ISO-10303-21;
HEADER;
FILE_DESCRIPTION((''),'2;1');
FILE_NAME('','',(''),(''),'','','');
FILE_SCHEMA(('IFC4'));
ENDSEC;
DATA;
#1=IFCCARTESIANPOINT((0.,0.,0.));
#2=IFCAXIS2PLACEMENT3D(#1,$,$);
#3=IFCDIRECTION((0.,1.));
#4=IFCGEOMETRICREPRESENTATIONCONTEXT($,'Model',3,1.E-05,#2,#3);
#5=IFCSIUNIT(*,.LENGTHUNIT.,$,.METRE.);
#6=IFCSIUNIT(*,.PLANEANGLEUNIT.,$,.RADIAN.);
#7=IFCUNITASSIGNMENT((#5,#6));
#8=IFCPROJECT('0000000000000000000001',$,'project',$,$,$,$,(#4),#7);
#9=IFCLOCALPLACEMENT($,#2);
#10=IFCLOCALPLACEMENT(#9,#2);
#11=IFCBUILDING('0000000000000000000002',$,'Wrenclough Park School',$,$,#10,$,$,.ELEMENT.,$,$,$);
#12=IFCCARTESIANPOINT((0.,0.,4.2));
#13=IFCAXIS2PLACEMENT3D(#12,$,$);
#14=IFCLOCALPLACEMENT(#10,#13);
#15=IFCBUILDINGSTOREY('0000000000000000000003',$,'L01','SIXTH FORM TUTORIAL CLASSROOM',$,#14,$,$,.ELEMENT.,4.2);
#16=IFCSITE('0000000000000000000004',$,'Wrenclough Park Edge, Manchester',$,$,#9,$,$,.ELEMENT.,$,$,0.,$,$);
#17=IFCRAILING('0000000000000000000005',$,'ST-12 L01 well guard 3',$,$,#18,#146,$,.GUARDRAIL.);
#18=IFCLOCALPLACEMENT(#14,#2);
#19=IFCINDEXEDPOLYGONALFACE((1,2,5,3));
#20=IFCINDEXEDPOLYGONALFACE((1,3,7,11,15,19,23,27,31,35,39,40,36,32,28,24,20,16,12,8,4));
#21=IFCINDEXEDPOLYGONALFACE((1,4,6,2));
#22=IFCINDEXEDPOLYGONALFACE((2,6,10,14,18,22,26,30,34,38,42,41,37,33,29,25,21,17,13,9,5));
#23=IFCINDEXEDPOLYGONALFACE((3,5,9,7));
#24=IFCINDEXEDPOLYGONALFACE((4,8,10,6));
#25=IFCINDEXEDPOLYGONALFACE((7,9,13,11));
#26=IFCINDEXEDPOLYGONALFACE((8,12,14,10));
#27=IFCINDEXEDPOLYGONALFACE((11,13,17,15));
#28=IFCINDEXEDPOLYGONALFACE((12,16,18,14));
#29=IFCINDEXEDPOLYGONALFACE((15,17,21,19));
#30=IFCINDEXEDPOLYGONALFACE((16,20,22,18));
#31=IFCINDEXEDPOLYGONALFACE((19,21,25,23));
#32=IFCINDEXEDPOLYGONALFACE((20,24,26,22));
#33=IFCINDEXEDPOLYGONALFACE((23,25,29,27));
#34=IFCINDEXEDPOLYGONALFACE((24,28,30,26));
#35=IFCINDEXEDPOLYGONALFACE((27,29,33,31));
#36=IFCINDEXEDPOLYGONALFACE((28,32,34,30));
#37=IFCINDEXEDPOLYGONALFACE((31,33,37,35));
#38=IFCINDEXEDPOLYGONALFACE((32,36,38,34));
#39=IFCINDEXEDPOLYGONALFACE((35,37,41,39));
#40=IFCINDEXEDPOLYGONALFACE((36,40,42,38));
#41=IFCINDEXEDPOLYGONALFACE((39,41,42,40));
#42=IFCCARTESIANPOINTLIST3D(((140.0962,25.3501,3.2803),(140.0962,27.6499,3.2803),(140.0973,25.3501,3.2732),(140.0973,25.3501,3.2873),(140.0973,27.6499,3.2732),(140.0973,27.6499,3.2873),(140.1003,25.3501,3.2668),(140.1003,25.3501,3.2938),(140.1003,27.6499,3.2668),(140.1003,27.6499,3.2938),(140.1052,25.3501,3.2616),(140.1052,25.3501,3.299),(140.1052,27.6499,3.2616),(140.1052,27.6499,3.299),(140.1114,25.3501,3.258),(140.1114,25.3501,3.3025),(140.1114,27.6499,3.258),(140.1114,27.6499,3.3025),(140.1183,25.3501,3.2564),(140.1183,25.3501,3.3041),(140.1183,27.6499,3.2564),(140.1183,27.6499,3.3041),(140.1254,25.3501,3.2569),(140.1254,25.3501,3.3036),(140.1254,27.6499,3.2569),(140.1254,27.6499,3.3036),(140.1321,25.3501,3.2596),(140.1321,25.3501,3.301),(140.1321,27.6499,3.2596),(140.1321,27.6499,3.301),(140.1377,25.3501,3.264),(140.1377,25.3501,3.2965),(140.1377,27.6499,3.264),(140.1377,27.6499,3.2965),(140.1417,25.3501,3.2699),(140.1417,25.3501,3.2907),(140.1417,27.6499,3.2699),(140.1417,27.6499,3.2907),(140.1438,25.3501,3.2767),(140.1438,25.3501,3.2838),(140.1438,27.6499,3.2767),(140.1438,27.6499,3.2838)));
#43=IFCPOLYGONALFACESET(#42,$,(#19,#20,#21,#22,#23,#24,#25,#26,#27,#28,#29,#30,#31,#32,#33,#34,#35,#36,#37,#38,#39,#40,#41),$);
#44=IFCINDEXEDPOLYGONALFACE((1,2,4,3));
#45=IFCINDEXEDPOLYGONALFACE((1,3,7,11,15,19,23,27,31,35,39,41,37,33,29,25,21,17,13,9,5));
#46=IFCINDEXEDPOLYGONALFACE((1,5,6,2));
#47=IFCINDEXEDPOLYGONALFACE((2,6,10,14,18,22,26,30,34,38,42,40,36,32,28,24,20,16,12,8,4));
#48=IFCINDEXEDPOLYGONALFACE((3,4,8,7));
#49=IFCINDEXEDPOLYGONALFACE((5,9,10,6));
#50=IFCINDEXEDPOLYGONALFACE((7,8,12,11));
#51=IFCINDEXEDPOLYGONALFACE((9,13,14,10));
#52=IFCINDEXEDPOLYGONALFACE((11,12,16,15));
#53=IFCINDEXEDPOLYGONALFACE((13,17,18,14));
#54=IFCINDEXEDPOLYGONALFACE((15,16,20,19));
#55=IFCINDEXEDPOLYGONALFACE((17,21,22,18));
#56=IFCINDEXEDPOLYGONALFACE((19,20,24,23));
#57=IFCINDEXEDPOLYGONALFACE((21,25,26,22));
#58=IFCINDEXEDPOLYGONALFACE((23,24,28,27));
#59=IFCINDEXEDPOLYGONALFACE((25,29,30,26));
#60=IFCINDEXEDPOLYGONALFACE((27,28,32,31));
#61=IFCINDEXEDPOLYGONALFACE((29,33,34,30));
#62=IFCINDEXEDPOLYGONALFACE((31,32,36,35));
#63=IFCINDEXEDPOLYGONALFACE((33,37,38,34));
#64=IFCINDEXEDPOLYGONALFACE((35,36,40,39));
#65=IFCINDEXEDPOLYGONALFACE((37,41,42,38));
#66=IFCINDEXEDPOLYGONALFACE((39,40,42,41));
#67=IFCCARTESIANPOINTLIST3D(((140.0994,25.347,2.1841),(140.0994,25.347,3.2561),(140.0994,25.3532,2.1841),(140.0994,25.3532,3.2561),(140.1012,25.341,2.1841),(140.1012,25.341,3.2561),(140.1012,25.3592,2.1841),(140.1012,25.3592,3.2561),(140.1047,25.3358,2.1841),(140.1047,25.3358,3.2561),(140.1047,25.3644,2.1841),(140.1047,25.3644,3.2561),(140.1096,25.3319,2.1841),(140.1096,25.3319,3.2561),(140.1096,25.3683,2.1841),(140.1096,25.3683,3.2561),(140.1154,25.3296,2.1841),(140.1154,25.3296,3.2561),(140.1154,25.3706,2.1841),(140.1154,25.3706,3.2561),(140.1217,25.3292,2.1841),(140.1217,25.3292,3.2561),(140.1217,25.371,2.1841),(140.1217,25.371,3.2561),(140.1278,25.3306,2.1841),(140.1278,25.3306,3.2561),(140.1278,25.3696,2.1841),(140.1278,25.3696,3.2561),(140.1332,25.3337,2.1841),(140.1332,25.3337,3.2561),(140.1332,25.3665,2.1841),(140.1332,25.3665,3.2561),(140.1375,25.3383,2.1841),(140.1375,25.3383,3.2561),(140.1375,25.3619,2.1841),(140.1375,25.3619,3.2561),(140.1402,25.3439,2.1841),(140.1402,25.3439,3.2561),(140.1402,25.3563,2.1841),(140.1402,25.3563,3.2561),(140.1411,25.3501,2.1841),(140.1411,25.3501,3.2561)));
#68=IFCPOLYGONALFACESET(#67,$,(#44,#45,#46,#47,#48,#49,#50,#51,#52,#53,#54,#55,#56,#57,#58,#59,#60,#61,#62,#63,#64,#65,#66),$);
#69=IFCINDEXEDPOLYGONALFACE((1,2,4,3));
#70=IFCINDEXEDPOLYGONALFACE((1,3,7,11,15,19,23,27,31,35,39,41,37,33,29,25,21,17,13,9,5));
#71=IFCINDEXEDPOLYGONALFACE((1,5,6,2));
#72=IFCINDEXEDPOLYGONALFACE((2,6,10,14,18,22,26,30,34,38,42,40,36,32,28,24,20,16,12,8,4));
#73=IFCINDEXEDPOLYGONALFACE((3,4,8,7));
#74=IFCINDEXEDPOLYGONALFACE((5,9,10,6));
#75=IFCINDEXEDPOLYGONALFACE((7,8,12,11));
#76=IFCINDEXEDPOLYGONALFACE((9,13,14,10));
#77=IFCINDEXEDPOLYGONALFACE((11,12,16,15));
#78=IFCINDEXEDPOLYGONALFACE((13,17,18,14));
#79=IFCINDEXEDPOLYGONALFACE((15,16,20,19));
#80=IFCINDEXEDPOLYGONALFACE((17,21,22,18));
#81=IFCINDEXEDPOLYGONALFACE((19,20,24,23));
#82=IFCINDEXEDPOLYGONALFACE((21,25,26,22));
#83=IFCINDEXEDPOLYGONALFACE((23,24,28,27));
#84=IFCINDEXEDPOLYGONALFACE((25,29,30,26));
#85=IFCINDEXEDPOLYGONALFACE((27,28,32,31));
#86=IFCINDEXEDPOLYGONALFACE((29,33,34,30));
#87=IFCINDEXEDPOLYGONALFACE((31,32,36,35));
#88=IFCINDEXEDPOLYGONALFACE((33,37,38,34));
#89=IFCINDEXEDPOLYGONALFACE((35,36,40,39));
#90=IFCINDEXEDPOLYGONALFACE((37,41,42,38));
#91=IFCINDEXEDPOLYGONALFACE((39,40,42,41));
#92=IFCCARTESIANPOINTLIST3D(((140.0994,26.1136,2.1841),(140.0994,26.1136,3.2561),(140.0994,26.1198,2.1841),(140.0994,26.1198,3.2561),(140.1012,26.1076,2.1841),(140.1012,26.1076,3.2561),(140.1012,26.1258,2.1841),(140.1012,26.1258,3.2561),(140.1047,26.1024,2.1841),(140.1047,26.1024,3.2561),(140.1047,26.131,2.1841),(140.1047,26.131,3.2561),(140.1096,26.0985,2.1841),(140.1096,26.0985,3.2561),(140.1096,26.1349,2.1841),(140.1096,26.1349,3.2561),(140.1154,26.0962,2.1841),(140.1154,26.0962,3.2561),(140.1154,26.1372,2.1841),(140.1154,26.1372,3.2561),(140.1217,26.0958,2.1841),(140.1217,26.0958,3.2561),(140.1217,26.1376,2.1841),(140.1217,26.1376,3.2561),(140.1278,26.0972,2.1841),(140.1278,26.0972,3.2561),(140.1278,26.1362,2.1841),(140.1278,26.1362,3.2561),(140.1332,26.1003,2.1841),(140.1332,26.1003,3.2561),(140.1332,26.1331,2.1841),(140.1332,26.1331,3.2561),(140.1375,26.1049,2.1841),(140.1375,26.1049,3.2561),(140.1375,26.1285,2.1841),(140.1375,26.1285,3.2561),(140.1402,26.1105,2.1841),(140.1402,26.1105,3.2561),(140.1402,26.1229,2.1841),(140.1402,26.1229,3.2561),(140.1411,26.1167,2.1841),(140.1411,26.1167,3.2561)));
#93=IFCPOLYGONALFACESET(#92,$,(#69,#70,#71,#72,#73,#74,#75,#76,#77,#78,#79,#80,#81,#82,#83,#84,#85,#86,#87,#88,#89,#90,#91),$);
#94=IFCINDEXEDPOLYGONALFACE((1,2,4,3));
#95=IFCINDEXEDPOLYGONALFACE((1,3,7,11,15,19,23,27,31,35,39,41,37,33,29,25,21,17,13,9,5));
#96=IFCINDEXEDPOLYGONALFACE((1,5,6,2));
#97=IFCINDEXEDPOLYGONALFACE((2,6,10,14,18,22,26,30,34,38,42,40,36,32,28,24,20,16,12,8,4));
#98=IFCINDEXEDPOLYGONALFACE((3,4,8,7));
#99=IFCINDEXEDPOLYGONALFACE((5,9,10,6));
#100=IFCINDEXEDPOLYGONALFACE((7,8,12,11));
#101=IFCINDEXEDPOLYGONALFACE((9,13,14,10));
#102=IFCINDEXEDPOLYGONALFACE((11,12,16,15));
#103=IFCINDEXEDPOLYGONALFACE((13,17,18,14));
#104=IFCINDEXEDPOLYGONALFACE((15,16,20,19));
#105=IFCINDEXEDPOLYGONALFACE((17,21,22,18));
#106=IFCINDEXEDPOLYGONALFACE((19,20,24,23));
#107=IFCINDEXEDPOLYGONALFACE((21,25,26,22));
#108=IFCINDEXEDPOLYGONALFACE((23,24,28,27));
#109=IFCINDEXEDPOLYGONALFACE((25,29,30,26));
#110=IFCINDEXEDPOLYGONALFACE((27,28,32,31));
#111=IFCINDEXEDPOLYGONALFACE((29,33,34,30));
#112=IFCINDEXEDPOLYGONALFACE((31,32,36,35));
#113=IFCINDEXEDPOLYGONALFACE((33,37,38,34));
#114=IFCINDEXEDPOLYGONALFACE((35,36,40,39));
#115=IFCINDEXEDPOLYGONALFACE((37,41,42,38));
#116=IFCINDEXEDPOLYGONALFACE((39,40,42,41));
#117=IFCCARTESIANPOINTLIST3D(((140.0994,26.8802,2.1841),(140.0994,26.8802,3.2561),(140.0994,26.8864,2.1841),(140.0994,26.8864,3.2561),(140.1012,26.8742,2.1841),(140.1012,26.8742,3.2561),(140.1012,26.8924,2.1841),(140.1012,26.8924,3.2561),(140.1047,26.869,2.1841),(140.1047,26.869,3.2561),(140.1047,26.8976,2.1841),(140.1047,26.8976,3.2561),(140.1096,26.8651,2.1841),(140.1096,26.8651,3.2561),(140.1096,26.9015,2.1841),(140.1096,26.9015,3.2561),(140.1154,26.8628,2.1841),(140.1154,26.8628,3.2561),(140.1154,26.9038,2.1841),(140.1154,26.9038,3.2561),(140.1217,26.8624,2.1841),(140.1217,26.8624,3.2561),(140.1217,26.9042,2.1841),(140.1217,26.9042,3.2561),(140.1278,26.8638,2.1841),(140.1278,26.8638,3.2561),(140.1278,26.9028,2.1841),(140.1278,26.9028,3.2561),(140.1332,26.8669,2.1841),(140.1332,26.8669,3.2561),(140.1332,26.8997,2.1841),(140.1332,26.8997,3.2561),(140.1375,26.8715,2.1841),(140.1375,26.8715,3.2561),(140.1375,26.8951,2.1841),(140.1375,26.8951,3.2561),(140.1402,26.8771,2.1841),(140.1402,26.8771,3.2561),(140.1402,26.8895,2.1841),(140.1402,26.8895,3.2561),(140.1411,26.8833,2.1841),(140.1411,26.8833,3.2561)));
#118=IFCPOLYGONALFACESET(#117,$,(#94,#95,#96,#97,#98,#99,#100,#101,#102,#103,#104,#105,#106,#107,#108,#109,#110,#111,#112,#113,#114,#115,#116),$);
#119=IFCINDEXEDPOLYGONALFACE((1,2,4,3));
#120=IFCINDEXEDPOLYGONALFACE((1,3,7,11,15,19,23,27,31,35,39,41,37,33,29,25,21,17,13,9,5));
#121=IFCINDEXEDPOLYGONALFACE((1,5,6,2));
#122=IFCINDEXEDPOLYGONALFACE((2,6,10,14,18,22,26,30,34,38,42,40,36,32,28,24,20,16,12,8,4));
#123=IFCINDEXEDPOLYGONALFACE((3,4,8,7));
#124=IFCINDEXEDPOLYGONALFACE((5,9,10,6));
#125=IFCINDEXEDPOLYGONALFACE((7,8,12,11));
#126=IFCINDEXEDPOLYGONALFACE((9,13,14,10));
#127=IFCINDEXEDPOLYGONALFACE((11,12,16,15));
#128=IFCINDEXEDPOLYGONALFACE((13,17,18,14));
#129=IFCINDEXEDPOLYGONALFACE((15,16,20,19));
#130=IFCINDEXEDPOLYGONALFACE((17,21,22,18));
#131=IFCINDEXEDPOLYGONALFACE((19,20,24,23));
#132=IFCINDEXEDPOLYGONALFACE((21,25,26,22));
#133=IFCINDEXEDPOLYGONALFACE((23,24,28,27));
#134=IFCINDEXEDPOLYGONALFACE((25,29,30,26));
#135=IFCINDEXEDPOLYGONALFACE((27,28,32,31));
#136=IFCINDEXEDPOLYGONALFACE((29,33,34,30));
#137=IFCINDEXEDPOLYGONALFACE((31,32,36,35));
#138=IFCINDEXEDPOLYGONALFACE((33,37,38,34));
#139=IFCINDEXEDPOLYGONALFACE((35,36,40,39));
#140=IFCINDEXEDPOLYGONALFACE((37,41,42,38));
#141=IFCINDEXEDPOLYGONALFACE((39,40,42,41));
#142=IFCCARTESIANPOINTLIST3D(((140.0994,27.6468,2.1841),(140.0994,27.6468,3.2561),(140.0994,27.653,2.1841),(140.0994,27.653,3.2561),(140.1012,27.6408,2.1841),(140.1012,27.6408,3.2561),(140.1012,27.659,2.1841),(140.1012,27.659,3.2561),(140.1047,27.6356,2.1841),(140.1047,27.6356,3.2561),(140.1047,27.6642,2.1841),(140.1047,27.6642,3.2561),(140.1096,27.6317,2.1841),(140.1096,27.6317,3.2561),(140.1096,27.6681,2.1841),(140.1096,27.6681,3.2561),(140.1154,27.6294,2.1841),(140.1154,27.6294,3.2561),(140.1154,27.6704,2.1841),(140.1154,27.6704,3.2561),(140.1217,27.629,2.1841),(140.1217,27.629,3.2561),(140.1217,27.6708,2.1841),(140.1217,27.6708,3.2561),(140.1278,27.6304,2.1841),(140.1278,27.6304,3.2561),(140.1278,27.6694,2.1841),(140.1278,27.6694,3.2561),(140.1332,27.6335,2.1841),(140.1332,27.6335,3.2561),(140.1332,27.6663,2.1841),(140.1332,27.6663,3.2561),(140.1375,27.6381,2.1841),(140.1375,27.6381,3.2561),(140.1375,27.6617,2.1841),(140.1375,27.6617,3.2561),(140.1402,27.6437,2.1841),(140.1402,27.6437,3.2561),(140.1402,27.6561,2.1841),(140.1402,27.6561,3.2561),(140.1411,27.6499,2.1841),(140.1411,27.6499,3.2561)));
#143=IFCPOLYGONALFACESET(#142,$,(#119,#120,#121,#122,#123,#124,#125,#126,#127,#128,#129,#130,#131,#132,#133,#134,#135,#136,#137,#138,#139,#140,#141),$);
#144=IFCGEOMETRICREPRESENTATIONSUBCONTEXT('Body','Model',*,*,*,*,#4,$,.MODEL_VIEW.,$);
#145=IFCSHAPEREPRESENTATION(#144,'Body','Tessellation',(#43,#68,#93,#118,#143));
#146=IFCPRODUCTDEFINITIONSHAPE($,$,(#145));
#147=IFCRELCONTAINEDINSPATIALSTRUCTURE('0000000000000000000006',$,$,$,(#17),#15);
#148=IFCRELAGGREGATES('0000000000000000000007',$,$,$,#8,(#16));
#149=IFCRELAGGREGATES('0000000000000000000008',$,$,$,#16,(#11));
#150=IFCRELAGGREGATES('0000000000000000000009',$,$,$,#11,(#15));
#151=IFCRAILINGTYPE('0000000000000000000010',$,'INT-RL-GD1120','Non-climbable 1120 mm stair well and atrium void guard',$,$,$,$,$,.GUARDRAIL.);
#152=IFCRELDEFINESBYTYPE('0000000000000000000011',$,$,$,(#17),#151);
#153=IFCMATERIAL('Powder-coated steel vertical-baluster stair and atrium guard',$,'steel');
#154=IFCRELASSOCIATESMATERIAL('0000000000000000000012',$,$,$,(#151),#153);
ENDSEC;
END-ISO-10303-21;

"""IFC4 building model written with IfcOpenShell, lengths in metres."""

from ifc_helpers import new_model, si_unit, direction, frame, origin, origin_2d, place, context, subcontext, project, spatial, circle, extrude, material, type_object, element, save


model = new_model("IFC4")

# Units and contexts
model_context = context("Model", 3, precision=1e-05, world=origin(), true_north=direction((0.0, 1.0)))
body_context = subcontext(model_context, "Body", "Model", "MODEL_VIEW")
ifc_project = project(units=[si_unit("LENGTHUNIT", "METRE"), si_unit("PLANEANGLEUNIT", "RADIAN")], contexts=[model_context])

# Site, building, storey
site_placement = place(None, origin())
site = spatial("IfcSite", under=ifc_project, at=site_placement, Name="Wrenclough Park Edge, Manchester", CompositionType="ELEMENT", RefElevation=0.0)
building_placement = place(site_placement, origin())
building = spatial("IfcBuilding", under=site, at=building_placement, Name="Wrenclough Park School", CompositionType="ELEMENT")
storey_placement = place(building_placement, frame((0.0, 0.0, 4.2)))
storey = spatial("IfcBuildingStorey", under=building, at=storey_placement, Name="L01", Description="SIXTH FORM TUTORIAL CLASSROOM", CompositionType="ELEMENT", Elevation=4.2)

# Railing
ifc_material_1 = material(Name="Powder-coated steel vertical-baluster stair and atrium guard", Category="steel")
railing_type_1 = type_object("IfcRailingType", Name="INT-RL-GD1120", Description="Non-climbable 1120 mm stair well and atrium void guard", PredefinedType="GUARDRAIL", material=ifc_material_1)
for number, where, name in (
    (1, (140.1201, 25.3501, 2.1841), "ST-12 L01 well guard 3"),
):
    element("IfcRailing", number, at=place(storey_placement, frame(where)), inside=storey, type_object=railing_type_1, Name=name, PredefinedType="GUARDRAIL", context=body_context, shape_type="SweptSolid", body=[
        extrude(circle(Radius=0.0239, at=origin_2d()), frame((0.0, 0.0, 1.0962), z_axis=(0.0, 1.0, 0.0), x_axis=(-1.0, 0.0, 0.0)), (0.0, 0.0, 1.0), 2.2998),
        extrude(circle(Radius=0.021, at=origin_2d()), origin(), (0.0, 0.0, 1.0), 1.072),
        extrude(circle(Radius=0.021, at=origin_2d()), frame((0.0, 0.7666, 0.0)), (0.0, 0.0, 1.0), 1.072),
        extrude(circle(Radius=0.021, at=origin_2d()), frame((0.0, 1.5332, 0.0)), (0.0, 0.0, 1.0), 1.072),
        extrude(circle(Radius=0.021, at=origin_2d()), frame((0.0, 2.2998, 0.0)), (0.0, 0.0, 1.0), 1.072),
    ])

save(model, "model.ifc")
